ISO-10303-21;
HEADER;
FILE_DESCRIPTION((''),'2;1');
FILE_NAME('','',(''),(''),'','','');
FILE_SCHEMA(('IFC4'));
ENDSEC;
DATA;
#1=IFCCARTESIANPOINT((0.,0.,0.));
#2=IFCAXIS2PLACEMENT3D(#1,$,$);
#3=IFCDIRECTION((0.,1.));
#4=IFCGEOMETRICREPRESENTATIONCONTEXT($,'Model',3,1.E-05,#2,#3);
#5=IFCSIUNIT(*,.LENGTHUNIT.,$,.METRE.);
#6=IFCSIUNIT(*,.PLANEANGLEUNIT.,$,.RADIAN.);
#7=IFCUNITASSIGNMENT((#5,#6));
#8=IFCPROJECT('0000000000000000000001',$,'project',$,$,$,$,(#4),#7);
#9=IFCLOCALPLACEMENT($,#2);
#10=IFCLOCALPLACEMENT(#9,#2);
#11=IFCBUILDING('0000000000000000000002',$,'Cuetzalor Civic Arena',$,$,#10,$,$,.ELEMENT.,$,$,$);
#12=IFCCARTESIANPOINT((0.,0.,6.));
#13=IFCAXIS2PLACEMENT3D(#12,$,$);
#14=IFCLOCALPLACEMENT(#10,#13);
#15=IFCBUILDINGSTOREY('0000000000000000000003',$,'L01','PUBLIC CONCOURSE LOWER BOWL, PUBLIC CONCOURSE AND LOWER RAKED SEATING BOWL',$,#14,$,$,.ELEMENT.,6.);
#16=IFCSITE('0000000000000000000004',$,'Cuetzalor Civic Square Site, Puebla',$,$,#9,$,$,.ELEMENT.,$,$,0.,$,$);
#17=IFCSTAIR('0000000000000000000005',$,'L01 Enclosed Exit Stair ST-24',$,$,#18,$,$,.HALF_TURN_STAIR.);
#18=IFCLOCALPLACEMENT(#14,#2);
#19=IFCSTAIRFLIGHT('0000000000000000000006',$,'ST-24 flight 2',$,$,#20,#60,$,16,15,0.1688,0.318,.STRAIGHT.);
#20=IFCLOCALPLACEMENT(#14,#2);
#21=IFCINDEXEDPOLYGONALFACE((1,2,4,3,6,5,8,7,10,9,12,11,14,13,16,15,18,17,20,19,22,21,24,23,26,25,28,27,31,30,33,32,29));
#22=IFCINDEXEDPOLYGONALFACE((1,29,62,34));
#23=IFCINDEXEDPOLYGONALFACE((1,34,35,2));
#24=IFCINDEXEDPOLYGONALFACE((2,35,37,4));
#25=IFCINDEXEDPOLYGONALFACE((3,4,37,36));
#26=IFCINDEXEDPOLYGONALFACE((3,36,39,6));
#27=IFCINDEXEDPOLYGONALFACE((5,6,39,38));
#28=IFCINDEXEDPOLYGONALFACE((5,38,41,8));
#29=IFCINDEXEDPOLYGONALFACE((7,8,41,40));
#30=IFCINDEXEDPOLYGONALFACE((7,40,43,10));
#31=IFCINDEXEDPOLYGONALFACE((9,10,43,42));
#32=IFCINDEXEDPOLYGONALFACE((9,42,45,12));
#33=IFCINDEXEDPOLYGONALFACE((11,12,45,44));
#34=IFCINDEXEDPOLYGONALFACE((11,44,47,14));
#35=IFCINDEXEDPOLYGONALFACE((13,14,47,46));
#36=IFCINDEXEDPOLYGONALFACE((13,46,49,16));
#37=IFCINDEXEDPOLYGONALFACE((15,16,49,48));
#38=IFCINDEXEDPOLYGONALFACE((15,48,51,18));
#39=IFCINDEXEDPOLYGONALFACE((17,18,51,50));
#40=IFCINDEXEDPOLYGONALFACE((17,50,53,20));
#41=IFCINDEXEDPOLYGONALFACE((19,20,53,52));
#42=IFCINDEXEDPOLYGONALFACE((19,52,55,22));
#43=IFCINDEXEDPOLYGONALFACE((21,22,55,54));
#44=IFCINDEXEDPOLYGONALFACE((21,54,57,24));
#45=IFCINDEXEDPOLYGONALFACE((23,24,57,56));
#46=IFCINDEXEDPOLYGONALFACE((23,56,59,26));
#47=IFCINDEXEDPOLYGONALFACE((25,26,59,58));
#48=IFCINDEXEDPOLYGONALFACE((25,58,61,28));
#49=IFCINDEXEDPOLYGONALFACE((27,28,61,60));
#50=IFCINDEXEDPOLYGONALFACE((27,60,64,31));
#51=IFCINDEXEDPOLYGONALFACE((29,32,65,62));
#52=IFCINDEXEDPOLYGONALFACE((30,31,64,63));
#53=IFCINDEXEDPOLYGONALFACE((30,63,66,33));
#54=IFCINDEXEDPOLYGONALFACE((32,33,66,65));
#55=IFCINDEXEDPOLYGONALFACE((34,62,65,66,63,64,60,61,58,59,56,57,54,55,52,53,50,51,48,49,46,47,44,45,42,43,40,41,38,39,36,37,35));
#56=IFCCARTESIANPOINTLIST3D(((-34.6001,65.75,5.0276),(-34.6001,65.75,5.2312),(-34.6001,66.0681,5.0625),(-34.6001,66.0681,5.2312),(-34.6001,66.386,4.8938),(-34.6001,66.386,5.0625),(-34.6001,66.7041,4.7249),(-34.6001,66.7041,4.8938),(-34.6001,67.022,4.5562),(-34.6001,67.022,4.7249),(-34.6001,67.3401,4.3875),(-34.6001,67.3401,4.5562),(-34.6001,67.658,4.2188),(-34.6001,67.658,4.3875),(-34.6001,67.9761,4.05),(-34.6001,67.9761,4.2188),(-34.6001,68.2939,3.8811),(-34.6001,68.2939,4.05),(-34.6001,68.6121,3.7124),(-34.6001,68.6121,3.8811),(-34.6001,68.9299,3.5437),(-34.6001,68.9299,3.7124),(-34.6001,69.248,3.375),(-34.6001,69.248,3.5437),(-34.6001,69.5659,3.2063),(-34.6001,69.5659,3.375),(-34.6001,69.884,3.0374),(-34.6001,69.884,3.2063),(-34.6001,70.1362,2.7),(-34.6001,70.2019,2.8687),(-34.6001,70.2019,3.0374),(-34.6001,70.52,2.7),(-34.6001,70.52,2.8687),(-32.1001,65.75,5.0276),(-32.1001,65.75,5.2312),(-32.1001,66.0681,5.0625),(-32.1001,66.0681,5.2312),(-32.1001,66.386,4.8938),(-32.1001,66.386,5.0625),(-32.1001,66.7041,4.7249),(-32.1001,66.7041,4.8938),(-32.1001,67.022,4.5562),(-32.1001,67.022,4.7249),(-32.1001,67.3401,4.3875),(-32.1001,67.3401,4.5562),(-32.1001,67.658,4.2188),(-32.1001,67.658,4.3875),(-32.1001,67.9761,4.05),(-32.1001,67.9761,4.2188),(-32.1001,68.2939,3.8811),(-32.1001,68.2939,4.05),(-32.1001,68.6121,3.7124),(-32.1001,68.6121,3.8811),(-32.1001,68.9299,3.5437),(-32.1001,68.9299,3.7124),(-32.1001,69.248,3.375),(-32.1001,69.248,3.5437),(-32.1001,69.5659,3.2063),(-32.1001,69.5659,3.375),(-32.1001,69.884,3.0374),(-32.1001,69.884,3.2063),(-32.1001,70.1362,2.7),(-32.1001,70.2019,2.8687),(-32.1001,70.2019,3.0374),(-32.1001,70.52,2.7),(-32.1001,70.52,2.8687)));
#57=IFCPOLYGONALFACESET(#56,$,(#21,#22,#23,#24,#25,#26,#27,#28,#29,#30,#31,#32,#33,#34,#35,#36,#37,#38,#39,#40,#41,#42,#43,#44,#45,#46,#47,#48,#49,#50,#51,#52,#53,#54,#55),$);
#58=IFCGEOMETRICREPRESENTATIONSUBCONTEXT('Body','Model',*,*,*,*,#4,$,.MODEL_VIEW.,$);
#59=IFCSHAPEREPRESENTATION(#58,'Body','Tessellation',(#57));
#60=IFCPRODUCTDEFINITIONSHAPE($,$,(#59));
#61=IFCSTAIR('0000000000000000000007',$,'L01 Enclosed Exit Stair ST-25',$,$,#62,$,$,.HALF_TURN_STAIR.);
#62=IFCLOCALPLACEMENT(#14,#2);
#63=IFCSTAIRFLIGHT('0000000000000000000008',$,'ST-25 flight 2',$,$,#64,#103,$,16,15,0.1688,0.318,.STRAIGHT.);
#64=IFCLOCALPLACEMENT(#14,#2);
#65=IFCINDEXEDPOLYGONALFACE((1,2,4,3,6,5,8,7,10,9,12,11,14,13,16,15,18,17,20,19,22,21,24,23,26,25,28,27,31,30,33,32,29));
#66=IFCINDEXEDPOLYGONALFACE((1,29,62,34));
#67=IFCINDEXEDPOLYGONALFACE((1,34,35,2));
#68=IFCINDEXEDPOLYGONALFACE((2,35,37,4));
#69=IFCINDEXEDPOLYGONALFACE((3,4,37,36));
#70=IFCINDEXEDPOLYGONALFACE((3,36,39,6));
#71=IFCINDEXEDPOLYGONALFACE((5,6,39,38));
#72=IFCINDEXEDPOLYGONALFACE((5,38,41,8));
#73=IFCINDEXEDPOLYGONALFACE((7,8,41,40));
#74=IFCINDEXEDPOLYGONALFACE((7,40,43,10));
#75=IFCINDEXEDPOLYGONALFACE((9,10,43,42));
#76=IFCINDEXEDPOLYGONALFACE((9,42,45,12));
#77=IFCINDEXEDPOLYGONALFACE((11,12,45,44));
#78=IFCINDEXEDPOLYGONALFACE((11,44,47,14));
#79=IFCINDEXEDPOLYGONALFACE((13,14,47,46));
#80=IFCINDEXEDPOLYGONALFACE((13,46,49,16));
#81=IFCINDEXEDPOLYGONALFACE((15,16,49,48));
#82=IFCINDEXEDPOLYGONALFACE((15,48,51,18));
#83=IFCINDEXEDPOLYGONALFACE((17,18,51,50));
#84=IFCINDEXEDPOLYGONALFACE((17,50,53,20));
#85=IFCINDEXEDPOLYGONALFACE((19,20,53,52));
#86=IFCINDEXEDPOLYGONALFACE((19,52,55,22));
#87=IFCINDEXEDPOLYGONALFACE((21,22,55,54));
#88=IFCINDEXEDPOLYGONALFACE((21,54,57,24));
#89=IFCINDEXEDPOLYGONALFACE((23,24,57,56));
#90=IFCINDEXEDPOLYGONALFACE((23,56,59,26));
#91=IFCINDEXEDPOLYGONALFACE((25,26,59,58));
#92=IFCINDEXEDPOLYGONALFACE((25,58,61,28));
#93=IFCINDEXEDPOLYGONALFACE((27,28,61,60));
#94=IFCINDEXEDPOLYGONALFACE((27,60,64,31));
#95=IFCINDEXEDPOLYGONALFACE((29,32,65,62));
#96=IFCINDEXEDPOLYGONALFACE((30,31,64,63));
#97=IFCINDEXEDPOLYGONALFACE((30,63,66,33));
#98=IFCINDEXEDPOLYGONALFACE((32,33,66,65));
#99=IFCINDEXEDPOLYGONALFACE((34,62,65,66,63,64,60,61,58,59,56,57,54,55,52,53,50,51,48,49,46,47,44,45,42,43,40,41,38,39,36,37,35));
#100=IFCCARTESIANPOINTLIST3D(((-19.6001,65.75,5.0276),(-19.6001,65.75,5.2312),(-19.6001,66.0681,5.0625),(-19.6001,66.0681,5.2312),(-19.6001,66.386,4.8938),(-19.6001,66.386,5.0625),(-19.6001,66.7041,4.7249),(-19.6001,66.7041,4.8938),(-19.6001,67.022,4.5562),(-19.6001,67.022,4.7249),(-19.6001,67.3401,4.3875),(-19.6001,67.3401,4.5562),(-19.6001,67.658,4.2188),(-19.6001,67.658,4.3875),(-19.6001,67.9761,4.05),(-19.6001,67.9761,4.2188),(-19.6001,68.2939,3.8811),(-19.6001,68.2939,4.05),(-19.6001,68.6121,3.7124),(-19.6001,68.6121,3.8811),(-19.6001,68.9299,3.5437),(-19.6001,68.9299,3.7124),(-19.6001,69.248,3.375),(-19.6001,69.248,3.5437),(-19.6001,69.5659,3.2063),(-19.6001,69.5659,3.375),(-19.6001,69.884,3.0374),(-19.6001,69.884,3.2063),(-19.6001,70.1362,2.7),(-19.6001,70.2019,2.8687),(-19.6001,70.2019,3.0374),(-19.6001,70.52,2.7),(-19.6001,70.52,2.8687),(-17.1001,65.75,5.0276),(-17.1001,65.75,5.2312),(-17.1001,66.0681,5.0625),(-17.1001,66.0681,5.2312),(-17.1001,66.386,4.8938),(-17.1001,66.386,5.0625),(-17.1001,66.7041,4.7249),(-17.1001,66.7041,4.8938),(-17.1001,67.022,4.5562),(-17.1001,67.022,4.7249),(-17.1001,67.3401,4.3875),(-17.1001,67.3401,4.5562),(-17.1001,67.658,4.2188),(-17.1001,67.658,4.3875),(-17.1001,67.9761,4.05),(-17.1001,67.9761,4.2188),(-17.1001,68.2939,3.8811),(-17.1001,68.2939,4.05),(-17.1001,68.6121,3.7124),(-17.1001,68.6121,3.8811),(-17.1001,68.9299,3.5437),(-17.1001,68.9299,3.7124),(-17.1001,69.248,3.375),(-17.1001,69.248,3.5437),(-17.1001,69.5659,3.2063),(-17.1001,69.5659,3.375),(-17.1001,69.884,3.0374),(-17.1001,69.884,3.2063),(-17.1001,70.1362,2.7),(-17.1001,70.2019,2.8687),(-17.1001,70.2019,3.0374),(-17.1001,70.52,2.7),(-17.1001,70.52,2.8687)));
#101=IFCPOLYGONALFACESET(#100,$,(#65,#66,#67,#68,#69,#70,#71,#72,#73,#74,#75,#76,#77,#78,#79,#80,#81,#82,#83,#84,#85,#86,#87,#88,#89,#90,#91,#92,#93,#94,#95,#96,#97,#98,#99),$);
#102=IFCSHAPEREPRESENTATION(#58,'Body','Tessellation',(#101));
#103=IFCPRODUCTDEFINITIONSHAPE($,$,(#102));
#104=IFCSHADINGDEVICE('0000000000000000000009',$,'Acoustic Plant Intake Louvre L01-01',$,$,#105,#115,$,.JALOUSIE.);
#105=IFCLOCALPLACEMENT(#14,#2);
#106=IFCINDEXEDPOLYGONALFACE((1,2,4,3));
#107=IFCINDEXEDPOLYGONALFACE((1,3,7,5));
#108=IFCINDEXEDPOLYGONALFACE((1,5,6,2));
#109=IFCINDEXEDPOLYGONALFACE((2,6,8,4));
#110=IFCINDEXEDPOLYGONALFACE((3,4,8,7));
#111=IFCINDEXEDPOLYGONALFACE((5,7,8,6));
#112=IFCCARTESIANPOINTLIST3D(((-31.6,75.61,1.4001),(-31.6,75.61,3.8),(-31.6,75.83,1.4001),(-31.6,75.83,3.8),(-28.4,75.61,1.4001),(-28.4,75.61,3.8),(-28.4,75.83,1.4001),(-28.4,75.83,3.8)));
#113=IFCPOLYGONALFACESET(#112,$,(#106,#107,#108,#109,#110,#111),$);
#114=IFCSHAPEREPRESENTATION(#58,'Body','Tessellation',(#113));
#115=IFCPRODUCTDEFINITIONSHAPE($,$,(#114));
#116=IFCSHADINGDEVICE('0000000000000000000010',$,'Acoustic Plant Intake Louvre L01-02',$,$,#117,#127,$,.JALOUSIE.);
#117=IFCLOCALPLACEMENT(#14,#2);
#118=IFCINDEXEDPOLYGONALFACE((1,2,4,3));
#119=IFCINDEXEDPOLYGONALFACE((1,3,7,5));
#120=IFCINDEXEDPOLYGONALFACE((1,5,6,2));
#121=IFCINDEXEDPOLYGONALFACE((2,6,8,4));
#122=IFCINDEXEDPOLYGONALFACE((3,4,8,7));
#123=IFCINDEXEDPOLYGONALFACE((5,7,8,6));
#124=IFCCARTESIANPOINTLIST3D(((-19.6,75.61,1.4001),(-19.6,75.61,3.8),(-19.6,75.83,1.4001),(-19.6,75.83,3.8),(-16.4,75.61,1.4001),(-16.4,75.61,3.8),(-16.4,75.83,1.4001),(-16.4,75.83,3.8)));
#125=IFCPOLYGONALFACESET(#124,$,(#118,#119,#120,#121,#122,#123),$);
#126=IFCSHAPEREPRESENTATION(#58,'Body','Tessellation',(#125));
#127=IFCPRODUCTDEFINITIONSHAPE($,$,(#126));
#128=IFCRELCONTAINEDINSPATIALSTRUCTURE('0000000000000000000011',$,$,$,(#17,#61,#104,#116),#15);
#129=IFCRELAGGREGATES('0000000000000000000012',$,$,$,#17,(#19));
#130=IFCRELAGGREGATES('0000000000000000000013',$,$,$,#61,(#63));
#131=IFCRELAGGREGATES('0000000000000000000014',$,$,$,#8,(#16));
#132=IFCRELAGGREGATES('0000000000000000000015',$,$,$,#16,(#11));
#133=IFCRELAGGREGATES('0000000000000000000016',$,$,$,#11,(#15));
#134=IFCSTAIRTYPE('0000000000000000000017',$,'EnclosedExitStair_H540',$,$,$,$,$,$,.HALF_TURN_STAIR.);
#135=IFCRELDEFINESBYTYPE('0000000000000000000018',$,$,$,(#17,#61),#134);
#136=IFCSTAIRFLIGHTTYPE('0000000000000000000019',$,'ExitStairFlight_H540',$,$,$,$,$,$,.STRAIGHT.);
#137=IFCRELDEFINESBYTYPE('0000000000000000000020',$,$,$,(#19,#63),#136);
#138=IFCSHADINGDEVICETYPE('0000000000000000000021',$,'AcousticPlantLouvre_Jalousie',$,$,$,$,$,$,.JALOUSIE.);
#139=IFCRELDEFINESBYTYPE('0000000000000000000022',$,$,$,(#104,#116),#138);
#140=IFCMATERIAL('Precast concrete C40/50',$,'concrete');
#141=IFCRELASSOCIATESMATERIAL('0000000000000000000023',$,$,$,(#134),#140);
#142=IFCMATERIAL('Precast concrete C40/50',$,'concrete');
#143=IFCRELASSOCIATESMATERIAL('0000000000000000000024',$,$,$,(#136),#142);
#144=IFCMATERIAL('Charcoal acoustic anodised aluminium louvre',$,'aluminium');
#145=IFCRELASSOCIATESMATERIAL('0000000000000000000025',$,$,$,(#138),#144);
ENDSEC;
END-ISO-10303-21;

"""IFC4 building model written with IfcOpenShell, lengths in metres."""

from ifc_helpers import new_model, si_unit, direction, frame, origin, origin_2d, place, context, subcontext, project, spatial, polyline, rectangle, outline, extrude, material, type_object, element, aggregate, save


model = new_model("IFC4")

# Units and contexts
model_context = context("Model", 3, precision=1e-05, world=origin(), true_north=direction((0.0, 1.0)))
body_context = subcontext(model_context, "Body", "Model", "MODEL_VIEW")
ifc_project = project(units=[si_unit("LENGTHUNIT", "METRE"), si_unit("PLANEANGLEUNIT", "RADIAN")], contexts=[model_context])

# Site, building, storey
site_placement = place(None, origin())
site = spatial("IfcSite", under=ifc_project, at=site_placement, Name="Cuetzalor Civic Square Site, Puebla", CompositionType="ELEMENT", RefElevation=0.0)
building_placement = place(site_placement, origin())
building = spatial("IfcBuilding", under=site, at=building_placement, Name="Cuetzalor Civic Arena", CompositionType="ELEMENT")
storey_placement = place(building_placement, frame((0.0, 0.0, 6.0)))
storey = spatial("IfcBuildingStorey", under=building, at=storey_placement, Name="L01", Description="PUBLIC CONCOURSE LOWER BOWL, PUBLIC CONCOURSE AND LOWER RAKED SEATING BOWL", CompositionType="ELEMENT", Elevation=6.0)

# Stair, stair flight
ifc_material_1 = material(Name="Precast concrete C40/50", Category="concrete")
stair_type = type_object("IfcStairType", Name="EnclosedExitStair_H540", PredefinedType="HALF_TURN_STAIR", material=ifc_material_1)
stair_1_placement = place(storey_placement, origin())
stair_1 = element("IfcStair", 1, at=stair_1_placement, inside=storey, type_object=stair_type, Name="L01 Enclosed Exit Stair ST-24", PredefinedType="HALF_TURN_STAIR")
ifc_material_2 = material(Name="Precast concrete C40/50", Category="concrete")
stair_flight_type = type_object("IfcStairFlightType", Name="ExitStairFlight_H540", PredefinedType="STRAIGHT", material=ifc_material_2)
stair_flight_1_placement = place(storey_placement, frame((-33.3501, 70.52, 2.7), z_axis=(0.0, 0.0, 1.0), x_axis=(0.0, -1.0, 0.0)))
stair_flight_1 = element("IfcStairFlight", 2, at=stair_flight_1_placement, type_object=stair_flight_type, Name="ST-24 flight 2", NumberOfRisers=16, NumberOfTreads=15, PredefinedType="STRAIGHT", RiserHeight=0.1688, TreadLength=0.318, context=body_context, shape_type="SweptSolid", body=[
    extrude(outline(polyline([(0.0, 0.0), (0.0, 0.1687), (0.3181, 0.1687), (0.3181, 0.3374), (0.636, 0.3374), (0.636, 0.5063), (0.9541, 0.5063), (0.9541, 0.675), (1.272, 0.675), (1.272, 0.8438), (1.5901, 0.8438), (1.5901, 1.0125), (1.908, 1.0125), (1.908, 1.1812), (2.2261, 1.1812), (2.2261, 1.3501), (2.5439, 1.3501), (2.5439, 1.5188), (2.8621, 1.5188), (2.8621, 1.6875), (3.1799, 1.6875), (3.1799, 1.8562), (3.498, 1.8562), (3.498, 2.0249), (3.8159, 2.0249), (3.8159, 2.1938), (4.134, 2.1938), (4.134, 2.3625), (4.4519, 2.3625), (4.4519, 2.5312), (4.77, 2.5312), (4.77, 2.7), (4.77, 2.3276), (0.3838, 0.0), (0.0, 0.0)])), frame((0.0, 1.25, 0.0), z_axis=(0.0, -1.0, 0.0), x_axis=(1.0, 0.0, 0.0)), (0.0, 0.0, 1.0), 2.5),
])
aggregate(stair_1, [stair_flight_1])

# Stair, stair flight
stair_2_placement = place(storey_placement, origin())
stair_2 = element("IfcStair", 3, at=stair_2_placement, inside=storey, type_object=stair_type, Name="L01 Enclosed Exit Stair ST-25", PredefinedType="HALF_TURN_STAIR")
stair_flight_2_placement = place(storey_placement, frame((-18.3501, 70.52, 2.7), z_axis=(0.0, 0.0, 1.0), x_axis=(0.0, -1.0, 0.0)))
stair_flight_2 = element("IfcStairFlight", 4, at=stair_flight_2_placement, type_object=stair_flight_type, Name="ST-25 flight 2", NumberOfRisers=16, NumberOfTreads=15, PredefinedType="STRAIGHT", RiserHeight=0.1688, TreadLength=0.318, context=body_context, shape_type="SweptSolid", body=[
    extrude(outline(polyline([(0.0, 0.0), (0.0, 0.1687), (0.3181, 0.1687), (0.3181, 0.3374), (0.636, 0.3374), (0.636, 0.5063), (0.9541, 0.5063), (0.9541, 0.675), (1.272, 0.675), (1.272, 0.8438), (1.5901, 0.8438), (1.5901, 1.0125), (1.908, 1.0125), (1.908, 1.1812), (2.2261, 1.1812), (2.2261, 1.3501), (2.5439, 1.3501), (2.5439, 1.5188), (2.8621, 1.5188), (2.8621, 1.6875), (3.1799, 1.6875), (3.1799, 1.8562), (3.498, 1.8562), (3.498, 2.0249), (3.8159, 2.0249), (3.8159, 2.1938), (4.134, 2.1938), (4.134, 2.3625), (4.4519, 2.3625), (4.4519, 2.5312), (4.77, 2.5312), (4.77, 2.7), (4.77, 2.3276), (0.3838, 0.0), (0.0, 0.0)])), frame((0.0, 1.25, 0.0), z_axis=(0.0, -1.0, 0.0), x_axis=(1.0, 0.0, 0.0)), (0.0, 0.0, 1.0), 2.5),
])
aggregate(stair_2, [stair_flight_2])

# Shading devices
ifc_material_3 = material(Name="Charcoal acoustic anodised aluminium louvre", Category="aluminium")
shading_device_type = type_object("IfcShadingDeviceType", Name="AcousticPlantLouvre_Jalousie", PredefinedType="JALOUSIE", material=ifc_material_3)
for number, where, z_axis, x_axis, name in (
    (5, (-30.0, 75.72, 1.4001), (0.0, 0.0, 1.0), (1.0, 0.0, 0.0), "Acoustic Plant Intake Louvre L01-01"),
    (6, (-18.0, 75.72, 1.4001), (0.0, 0.0, 1.0), (1.0, 0.0, 0.0), "Acoustic Plant Intake Louvre L01-02"),
):
    element("IfcShadingDevice", number, at=place(storey_placement, frame(where, z_axis=z_axis, x_axis=x_axis)), inside=storey, type_object=shading_device_type, Name=name, PredefinedType="JALOUSIE", context=body_context, shape_type="SweptSolid", body=[
        extrude(rectangle(XDim=3.2, YDim=0.22, at=origin_2d()), origin(), (0.0, 0.0, 1.0), 2.3999),
    ])

save(model, "model.ifc")
